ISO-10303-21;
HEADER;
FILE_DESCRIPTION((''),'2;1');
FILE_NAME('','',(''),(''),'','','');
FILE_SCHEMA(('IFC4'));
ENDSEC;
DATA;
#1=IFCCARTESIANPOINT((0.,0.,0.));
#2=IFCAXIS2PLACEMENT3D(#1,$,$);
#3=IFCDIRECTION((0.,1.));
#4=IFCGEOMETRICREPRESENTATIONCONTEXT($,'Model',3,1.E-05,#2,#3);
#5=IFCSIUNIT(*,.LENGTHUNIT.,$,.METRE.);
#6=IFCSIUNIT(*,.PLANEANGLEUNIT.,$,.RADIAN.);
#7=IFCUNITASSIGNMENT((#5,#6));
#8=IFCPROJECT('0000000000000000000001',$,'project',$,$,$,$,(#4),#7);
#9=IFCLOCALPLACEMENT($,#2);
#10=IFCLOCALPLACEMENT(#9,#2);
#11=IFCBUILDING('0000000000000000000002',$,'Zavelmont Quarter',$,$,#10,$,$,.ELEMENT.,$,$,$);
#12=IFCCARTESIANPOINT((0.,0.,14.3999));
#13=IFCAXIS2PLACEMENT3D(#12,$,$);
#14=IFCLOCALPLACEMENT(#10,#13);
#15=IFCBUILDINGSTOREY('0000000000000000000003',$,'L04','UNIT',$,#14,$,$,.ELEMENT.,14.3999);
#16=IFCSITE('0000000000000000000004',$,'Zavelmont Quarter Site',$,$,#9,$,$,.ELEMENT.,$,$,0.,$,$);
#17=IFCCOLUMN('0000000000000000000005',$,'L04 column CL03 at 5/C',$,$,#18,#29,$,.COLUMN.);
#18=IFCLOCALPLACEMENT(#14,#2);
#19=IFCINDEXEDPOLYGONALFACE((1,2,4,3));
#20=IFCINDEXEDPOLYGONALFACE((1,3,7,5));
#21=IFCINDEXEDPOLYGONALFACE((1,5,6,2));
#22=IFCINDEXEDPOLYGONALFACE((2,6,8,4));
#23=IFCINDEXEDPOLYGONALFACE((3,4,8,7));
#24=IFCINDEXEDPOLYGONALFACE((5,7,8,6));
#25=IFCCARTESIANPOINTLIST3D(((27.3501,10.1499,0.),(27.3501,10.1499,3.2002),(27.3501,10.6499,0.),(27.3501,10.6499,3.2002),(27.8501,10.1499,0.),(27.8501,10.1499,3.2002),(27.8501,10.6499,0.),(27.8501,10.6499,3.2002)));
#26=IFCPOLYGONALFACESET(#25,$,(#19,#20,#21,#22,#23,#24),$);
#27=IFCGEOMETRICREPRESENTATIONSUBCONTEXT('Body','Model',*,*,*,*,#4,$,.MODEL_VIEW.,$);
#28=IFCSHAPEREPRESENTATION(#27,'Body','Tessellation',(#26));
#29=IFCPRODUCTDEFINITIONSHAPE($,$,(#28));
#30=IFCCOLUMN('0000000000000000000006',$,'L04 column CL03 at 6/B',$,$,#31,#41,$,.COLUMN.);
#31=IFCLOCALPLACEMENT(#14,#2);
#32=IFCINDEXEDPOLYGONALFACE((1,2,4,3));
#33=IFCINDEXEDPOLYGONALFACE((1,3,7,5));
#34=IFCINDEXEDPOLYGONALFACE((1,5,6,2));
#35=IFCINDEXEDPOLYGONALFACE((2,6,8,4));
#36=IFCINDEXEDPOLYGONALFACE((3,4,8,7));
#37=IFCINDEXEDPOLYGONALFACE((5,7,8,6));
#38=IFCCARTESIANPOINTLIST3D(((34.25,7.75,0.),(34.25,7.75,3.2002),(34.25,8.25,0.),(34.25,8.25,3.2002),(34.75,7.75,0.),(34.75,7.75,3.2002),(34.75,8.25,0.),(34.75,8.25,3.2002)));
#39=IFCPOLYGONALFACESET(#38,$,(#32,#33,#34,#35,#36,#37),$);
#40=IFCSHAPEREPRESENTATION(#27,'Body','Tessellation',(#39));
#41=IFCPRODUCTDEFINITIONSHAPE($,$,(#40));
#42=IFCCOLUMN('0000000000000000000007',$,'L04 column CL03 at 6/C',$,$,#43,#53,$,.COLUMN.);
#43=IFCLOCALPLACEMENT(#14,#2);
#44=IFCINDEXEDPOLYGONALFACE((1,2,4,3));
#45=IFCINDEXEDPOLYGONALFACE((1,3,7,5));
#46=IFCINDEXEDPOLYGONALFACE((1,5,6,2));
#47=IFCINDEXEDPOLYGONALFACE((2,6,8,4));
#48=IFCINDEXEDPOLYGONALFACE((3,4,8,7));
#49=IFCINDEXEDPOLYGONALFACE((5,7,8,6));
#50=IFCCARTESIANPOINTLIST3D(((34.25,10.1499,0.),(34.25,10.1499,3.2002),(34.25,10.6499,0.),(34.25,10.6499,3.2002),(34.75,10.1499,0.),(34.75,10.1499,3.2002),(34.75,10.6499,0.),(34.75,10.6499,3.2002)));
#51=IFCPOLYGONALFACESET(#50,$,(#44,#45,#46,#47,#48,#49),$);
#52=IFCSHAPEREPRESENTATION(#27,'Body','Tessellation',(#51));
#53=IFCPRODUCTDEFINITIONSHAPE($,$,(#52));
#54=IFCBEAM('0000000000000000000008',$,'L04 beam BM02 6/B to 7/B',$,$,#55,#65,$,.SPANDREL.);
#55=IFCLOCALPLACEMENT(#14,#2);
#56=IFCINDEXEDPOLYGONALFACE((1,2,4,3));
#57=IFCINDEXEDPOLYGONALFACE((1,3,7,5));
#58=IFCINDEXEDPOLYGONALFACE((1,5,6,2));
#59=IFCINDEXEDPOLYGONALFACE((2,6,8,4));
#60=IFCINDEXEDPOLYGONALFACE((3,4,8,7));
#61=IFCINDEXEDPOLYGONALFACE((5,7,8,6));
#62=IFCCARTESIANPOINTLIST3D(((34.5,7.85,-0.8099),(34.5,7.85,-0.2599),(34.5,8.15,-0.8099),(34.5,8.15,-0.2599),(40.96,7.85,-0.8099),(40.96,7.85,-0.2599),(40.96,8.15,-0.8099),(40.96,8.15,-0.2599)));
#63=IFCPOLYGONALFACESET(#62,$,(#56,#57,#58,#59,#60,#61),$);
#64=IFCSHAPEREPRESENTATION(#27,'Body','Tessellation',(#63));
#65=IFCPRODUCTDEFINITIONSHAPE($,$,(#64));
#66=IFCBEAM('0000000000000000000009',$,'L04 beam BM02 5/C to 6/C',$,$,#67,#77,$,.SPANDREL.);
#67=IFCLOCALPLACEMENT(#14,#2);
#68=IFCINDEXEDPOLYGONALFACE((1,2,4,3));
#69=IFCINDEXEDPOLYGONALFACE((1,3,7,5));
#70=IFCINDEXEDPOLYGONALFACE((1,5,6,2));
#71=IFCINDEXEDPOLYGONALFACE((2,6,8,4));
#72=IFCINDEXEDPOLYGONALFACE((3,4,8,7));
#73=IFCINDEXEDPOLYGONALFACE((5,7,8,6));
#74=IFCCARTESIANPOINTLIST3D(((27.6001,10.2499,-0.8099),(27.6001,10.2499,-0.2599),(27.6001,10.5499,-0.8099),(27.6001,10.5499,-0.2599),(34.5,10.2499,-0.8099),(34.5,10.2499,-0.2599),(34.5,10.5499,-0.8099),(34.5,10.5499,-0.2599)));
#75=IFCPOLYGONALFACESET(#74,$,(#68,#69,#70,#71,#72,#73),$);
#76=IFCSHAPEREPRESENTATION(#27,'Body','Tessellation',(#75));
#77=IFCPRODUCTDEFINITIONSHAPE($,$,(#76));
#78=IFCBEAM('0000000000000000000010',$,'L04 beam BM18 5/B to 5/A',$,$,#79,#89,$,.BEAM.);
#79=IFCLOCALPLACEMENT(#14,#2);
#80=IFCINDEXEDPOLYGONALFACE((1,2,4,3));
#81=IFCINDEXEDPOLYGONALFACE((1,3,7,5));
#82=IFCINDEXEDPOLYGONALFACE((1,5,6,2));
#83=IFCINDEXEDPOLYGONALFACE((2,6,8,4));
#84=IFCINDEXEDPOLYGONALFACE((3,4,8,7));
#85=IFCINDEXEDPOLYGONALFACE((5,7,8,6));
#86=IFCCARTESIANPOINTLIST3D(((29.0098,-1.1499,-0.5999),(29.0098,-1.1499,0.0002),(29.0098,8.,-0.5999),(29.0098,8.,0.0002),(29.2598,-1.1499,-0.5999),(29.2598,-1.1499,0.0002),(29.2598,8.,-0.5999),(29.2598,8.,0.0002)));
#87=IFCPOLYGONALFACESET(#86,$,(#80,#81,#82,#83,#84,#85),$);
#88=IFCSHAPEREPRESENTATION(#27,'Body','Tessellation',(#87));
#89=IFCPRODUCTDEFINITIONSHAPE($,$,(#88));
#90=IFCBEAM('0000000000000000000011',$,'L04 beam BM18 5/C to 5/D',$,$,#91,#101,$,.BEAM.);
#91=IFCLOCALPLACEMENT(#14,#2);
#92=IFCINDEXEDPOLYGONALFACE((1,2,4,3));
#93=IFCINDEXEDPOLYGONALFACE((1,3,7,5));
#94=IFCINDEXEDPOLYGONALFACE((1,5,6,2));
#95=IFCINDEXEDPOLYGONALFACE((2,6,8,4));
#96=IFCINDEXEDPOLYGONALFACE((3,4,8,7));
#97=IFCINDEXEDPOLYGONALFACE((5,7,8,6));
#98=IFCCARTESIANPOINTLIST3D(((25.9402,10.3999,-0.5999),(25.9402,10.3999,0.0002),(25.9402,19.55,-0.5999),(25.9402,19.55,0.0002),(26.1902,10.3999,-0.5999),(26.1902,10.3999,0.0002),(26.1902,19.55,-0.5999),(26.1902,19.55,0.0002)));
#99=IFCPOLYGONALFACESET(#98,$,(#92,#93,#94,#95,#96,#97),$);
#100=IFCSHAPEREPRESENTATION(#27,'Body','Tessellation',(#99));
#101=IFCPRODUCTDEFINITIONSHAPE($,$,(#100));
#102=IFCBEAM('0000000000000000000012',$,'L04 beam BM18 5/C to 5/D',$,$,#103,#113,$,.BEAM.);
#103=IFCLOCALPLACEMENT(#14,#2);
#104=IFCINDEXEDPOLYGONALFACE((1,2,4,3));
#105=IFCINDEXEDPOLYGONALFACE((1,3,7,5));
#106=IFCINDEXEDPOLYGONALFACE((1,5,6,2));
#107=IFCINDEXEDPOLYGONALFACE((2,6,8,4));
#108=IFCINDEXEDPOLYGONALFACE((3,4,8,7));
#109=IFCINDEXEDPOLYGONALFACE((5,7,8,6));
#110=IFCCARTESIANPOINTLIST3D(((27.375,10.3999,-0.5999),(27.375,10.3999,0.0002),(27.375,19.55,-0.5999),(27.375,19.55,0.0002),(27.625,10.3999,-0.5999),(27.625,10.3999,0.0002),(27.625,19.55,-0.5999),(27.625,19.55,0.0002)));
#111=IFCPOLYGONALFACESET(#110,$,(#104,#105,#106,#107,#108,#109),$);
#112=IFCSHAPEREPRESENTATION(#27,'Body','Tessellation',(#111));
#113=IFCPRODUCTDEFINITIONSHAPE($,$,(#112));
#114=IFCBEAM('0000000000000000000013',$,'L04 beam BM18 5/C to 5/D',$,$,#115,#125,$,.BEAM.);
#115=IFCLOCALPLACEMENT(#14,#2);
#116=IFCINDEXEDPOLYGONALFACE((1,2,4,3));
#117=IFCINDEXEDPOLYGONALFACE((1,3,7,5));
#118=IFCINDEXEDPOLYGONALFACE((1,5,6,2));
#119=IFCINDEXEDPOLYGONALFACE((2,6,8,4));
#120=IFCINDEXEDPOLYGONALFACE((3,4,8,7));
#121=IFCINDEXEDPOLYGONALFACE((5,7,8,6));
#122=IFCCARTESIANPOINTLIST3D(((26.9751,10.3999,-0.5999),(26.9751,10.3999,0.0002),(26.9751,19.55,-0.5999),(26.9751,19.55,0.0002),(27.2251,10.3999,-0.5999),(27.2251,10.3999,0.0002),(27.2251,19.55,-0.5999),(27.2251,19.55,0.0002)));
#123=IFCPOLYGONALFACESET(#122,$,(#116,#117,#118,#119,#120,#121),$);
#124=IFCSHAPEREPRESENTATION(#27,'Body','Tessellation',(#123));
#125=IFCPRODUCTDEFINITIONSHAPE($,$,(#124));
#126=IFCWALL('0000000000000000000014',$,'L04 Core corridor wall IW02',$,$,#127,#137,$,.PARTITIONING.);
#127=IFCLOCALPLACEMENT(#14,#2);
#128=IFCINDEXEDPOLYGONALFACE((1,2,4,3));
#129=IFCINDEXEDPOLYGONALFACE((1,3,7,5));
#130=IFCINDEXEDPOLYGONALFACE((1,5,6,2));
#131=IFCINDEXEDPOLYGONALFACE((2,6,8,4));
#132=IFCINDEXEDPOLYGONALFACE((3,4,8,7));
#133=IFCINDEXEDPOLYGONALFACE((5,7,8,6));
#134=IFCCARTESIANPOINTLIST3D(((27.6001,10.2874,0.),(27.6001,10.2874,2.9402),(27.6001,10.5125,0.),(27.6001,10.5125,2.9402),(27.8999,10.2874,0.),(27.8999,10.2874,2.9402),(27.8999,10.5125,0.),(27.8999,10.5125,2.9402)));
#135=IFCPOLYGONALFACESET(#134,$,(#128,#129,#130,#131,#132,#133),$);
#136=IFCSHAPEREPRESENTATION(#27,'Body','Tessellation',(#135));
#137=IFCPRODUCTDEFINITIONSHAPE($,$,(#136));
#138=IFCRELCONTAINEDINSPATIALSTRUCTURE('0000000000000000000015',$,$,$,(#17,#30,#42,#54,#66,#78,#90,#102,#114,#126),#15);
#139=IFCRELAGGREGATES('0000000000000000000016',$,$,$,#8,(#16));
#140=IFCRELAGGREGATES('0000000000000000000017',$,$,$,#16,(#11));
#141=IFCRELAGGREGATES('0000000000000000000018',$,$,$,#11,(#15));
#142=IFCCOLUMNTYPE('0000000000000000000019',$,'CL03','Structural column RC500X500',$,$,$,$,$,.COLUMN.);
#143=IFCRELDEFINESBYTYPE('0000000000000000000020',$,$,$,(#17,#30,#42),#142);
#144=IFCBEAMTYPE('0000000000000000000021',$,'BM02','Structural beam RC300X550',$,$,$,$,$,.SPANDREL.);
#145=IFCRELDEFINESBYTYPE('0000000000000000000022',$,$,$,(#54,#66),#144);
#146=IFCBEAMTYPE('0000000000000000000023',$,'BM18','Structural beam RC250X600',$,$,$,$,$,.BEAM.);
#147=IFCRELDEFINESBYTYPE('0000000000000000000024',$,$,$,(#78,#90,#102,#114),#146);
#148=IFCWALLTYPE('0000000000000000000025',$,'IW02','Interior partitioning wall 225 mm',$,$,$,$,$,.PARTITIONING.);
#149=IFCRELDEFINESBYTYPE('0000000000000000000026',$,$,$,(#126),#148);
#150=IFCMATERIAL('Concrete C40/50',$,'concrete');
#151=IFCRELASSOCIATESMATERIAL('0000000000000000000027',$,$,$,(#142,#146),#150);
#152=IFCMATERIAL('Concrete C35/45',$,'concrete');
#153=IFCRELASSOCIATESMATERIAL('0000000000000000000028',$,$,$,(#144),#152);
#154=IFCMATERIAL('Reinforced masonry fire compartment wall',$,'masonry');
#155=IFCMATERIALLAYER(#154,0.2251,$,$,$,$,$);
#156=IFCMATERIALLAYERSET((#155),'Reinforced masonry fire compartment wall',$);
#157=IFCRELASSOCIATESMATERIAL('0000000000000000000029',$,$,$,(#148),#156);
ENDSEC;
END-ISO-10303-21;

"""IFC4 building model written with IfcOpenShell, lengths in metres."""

from ifc_helpers import new_model, si_unit, direction, frame, frame_2d, origin, origin_2d, place, context, subcontext, project, spatial, rectangle, extrude, material, layer, layer_set, material_profile, profile_set, type_object, element, save


model = new_model("IFC4")

# Units and contexts
model_context = context("Model", 3, precision=1e-05, world=origin(), true_north=direction((0.0, 1.0)))
body_context = subcontext(model_context, "Body", "Model", "MODEL_VIEW")
ifc_project = project(units=[si_unit("LENGTHUNIT", "METRE"), si_unit("PLANEANGLEUNIT", "RADIAN")], contexts=[model_context])

# Site, building, storey
site_placement = place(None, origin())
site = spatial("IfcSite", under=ifc_project, at=site_placement, Name="Zavelmont Quarter Site", CompositionType="ELEMENT", RefElevation=0.0)
building_placement = place(site_placement, origin())
building = spatial("IfcBuilding", under=site, at=building_placement, Name="Zavelmont Quarter", CompositionType="ELEMENT")
storey_placement = place(building_placement, frame((0.0, 0.0, 14.3999)))
storey = spatial("IfcBuildingStorey", under=building, at=storey_placement, Name="L04", Description="UNIT", CompositionType="ELEMENT", Elevation=14.3999)

# Columns
ifc_material_1 = material(Name="Concrete C40/50", Category="concrete")
ifc_material_profile_1 = material_profile(ifc_material_1, rectangle(XDim=0.5, YDim=0.5, at=origin_2d()), Name="RC500X500")
ifc_profile_set_1 = profile_set([ifc_material_profile_1], Name="Concrete C40/50")
column_type = type_object("IfcColumnType", Name="CL03", Description="Structural column RC500X500", PredefinedType="COLUMN", material=ifc_profile_set_1)
for number, where, z_axis, x_axis, name in (
    (1, (27.6001, 10.3999, 0.0), (0.0, 0.0, 1.0), (1.0, 0.0, 0.0), "L04 column CL03 at 5/C"),
    (2, (34.5, 8.0, 0.0), (0.0, 0.0, 1.0), (1.0, 0.0, 0.0), "L04 column CL03 at 6/B"),
    (3, (34.5, 10.3999, 0.0), (0.0, 0.0, 1.0), (1.0, 0.0, 0.0), "L04 column CL03 at 6/C"),
):
    element("IfcColumn", number, at=place(storey_placement, frame(where, z_axis=z_axis, x_axis=x_axis)), inside=storey, type_object=column_type, Name=name, PredefinedType="COLUMN", context=body_context, shape_type="SweptSolid", body=[
        extrude(rectangle(XDim=0.5, YDim=0.5, at=origin_2d()), origin(), (0.0, 0.0, 1.0), 3.2002),
    ])

# Beams
ifc_material_2 = material(Name="Concrete C35/45", Category="concrete")
ifc_material_profile_2 = material_profile(ifc_material_2, rectangle(XDim=0.3, YDim=0.55, at=origin_2d()), Name="RC300X550")
ifc_profile_set_2 = profile_set([ifc_material_profile_2], Name="Concrete C35/45")
beam_type_1 = type_object("IfcBeamType", Name="BM02", Description="Structural beam RC300X550", PredefinedType="SPANDREL", material=ifc_profile_set_2)
beam_1_placement = place(storey_placement, frame((34.5, 8.0, -0.5349), z_axis=(1.0, 0.0, 0.0), x_axis=(0.0, 1.0, 0.0)))
element("IfcBeam", 4, at=beam_1_placement, inside=storey, type_object=beam_type_1, Name="L04 beam BM02 6/B to 7/B", PredefinedType="SPANDREL", context=body_context, shape_type="SweptSolid", body=[
    extrude(rectangle(XDim=0.3, YDim=0.55, at=origin_2d()), origin(), (0.0, 0.0, 1.0), 6.46),
])
beam_2_placement = place(storey_placement, frame((27.6001, 10.3999, -0.5349), z_axis=(1.0, 0.0, 0.0), x_axis=(0.0, 1.0, 0.0)))
element("IfcBeam", 5, at=beam_2_placement, inside=storey, type_object=beam_type_1, Name="L04 beam BM02 5/C to 6/C", PredefinedType="SPANDREL", context=body_context, shape_type="SweptSolid", body=[
    extrude(rectangle(XDim=0.3, YDim=0.55, at=origin_2d()), origin(), (0.0, 0.0, 1.0), 6.8999),
])
ifc_material_profile_3 = material_profile(ifc_material_1, rectangle(XDim=0.25, YDim=0.6001, at=origin_2d()), Name="RC250X600")
ifc_profile_set_3 = profile_set([ifc_material_profile_3], Name="Concrete C40/50")
beam_type_2 = type_object("IfcBeamType", Name="BM18", Description="Structural beam RC250X600", PredefinedType="BEAM", material=ifc_profile_set_3)
beam_3_placement = place(storey_placement, frame((29.1348, 8.0, -0.2998), z_axis=(0.0, -1.0, 0.0), x_axis=(1.0, 0.0, 0.0)))
element("IfcBeam", 6, at=beam_3_placement, inside=storey, type_object=beam_type_2, Name="L04 beam BM18 5/B to 5/A", PredefinedType="BEAM", context=body_context, shape_type="SweptSolid", body=[
    extrude(rectangle(XDim=0.25, YDim=0.6001, at=origin_2d()), origin(), (0.0, 0.0, 1.0), 9.1499),
])
for number, where, z_axis, x_axis, name in (
    (7, (26.0652, 10.3999, -0.2998), (0.0, 1.0, 0.0), (-1.0, 0.0, 0.0), "L04 beam BM18 5/C to 5/D"),
    (8, (27.5, 10.3999, -0.2998), (0.0, 1.0, 0.0), (-1.0, 0.0, 0.0), "L04 beam BM18 5/C to 5/D"),
    (9, (27.1001, 10.3999, -0.2998), (0.0, 1.0, 0.0), (-1.0, 0.0, 0.0), "L04 beam BM18 5/C to 5/D"),
):
    element("IfcBeam", number, at=place(storey_placement, frame(where, z_axis=z_axis, x_axis=x_axis)), inside=storey, type_object=beam_type_2, Name=name, PredefinedType="BEAM", context=body_context, shape_type="SweptSolid", body=[
        extrude(rectangle(XDim=0.25, YDim=0.6001, at=origin_2d()), origin(), (0.0, 0.0, 1.0), 9.1501),
    ])

# Wall
ifc_material_3 = material(Name="Reinforced masonry fire compartment wall", Category="masonry")
ifc_layer_1 = layer(ifc_material_3, 0.2251)
ifc_layer_set_1 = layer_set([ifc_layer_1], Name="Reinforced masonry fire compartment wall")
wall_type_1 = type_object("IfcWallType", Name="IW02", Description="Interior partitioning wall 225 mm", PredefinedType="PARTITIONING", material=ifc_layer_set_1)
wall_1_placement = place(storey_placement, frame((27.6001, 10.3999, 0.0), z_axis=(0.0, 0.0, 1.0), x_axis=(1.0, 0.0, 0.0)))
element("IfcWall", 10, at=wall_1_placement, inside=storey, type_object=wall_type_1, Name="L04 Core corridor wall IW02", PredefinedType="PARTITIONING", context=body_context, shape_type="SweptSolid", body=[
    extrude(rectangle(XDim=0.2998, YDim=0.2251, at=frame_2d((0.1499, 0.0))), origin(), (0.0, 0.0, 1.0), 2.9402),
])

save(model, "model.ifc")
